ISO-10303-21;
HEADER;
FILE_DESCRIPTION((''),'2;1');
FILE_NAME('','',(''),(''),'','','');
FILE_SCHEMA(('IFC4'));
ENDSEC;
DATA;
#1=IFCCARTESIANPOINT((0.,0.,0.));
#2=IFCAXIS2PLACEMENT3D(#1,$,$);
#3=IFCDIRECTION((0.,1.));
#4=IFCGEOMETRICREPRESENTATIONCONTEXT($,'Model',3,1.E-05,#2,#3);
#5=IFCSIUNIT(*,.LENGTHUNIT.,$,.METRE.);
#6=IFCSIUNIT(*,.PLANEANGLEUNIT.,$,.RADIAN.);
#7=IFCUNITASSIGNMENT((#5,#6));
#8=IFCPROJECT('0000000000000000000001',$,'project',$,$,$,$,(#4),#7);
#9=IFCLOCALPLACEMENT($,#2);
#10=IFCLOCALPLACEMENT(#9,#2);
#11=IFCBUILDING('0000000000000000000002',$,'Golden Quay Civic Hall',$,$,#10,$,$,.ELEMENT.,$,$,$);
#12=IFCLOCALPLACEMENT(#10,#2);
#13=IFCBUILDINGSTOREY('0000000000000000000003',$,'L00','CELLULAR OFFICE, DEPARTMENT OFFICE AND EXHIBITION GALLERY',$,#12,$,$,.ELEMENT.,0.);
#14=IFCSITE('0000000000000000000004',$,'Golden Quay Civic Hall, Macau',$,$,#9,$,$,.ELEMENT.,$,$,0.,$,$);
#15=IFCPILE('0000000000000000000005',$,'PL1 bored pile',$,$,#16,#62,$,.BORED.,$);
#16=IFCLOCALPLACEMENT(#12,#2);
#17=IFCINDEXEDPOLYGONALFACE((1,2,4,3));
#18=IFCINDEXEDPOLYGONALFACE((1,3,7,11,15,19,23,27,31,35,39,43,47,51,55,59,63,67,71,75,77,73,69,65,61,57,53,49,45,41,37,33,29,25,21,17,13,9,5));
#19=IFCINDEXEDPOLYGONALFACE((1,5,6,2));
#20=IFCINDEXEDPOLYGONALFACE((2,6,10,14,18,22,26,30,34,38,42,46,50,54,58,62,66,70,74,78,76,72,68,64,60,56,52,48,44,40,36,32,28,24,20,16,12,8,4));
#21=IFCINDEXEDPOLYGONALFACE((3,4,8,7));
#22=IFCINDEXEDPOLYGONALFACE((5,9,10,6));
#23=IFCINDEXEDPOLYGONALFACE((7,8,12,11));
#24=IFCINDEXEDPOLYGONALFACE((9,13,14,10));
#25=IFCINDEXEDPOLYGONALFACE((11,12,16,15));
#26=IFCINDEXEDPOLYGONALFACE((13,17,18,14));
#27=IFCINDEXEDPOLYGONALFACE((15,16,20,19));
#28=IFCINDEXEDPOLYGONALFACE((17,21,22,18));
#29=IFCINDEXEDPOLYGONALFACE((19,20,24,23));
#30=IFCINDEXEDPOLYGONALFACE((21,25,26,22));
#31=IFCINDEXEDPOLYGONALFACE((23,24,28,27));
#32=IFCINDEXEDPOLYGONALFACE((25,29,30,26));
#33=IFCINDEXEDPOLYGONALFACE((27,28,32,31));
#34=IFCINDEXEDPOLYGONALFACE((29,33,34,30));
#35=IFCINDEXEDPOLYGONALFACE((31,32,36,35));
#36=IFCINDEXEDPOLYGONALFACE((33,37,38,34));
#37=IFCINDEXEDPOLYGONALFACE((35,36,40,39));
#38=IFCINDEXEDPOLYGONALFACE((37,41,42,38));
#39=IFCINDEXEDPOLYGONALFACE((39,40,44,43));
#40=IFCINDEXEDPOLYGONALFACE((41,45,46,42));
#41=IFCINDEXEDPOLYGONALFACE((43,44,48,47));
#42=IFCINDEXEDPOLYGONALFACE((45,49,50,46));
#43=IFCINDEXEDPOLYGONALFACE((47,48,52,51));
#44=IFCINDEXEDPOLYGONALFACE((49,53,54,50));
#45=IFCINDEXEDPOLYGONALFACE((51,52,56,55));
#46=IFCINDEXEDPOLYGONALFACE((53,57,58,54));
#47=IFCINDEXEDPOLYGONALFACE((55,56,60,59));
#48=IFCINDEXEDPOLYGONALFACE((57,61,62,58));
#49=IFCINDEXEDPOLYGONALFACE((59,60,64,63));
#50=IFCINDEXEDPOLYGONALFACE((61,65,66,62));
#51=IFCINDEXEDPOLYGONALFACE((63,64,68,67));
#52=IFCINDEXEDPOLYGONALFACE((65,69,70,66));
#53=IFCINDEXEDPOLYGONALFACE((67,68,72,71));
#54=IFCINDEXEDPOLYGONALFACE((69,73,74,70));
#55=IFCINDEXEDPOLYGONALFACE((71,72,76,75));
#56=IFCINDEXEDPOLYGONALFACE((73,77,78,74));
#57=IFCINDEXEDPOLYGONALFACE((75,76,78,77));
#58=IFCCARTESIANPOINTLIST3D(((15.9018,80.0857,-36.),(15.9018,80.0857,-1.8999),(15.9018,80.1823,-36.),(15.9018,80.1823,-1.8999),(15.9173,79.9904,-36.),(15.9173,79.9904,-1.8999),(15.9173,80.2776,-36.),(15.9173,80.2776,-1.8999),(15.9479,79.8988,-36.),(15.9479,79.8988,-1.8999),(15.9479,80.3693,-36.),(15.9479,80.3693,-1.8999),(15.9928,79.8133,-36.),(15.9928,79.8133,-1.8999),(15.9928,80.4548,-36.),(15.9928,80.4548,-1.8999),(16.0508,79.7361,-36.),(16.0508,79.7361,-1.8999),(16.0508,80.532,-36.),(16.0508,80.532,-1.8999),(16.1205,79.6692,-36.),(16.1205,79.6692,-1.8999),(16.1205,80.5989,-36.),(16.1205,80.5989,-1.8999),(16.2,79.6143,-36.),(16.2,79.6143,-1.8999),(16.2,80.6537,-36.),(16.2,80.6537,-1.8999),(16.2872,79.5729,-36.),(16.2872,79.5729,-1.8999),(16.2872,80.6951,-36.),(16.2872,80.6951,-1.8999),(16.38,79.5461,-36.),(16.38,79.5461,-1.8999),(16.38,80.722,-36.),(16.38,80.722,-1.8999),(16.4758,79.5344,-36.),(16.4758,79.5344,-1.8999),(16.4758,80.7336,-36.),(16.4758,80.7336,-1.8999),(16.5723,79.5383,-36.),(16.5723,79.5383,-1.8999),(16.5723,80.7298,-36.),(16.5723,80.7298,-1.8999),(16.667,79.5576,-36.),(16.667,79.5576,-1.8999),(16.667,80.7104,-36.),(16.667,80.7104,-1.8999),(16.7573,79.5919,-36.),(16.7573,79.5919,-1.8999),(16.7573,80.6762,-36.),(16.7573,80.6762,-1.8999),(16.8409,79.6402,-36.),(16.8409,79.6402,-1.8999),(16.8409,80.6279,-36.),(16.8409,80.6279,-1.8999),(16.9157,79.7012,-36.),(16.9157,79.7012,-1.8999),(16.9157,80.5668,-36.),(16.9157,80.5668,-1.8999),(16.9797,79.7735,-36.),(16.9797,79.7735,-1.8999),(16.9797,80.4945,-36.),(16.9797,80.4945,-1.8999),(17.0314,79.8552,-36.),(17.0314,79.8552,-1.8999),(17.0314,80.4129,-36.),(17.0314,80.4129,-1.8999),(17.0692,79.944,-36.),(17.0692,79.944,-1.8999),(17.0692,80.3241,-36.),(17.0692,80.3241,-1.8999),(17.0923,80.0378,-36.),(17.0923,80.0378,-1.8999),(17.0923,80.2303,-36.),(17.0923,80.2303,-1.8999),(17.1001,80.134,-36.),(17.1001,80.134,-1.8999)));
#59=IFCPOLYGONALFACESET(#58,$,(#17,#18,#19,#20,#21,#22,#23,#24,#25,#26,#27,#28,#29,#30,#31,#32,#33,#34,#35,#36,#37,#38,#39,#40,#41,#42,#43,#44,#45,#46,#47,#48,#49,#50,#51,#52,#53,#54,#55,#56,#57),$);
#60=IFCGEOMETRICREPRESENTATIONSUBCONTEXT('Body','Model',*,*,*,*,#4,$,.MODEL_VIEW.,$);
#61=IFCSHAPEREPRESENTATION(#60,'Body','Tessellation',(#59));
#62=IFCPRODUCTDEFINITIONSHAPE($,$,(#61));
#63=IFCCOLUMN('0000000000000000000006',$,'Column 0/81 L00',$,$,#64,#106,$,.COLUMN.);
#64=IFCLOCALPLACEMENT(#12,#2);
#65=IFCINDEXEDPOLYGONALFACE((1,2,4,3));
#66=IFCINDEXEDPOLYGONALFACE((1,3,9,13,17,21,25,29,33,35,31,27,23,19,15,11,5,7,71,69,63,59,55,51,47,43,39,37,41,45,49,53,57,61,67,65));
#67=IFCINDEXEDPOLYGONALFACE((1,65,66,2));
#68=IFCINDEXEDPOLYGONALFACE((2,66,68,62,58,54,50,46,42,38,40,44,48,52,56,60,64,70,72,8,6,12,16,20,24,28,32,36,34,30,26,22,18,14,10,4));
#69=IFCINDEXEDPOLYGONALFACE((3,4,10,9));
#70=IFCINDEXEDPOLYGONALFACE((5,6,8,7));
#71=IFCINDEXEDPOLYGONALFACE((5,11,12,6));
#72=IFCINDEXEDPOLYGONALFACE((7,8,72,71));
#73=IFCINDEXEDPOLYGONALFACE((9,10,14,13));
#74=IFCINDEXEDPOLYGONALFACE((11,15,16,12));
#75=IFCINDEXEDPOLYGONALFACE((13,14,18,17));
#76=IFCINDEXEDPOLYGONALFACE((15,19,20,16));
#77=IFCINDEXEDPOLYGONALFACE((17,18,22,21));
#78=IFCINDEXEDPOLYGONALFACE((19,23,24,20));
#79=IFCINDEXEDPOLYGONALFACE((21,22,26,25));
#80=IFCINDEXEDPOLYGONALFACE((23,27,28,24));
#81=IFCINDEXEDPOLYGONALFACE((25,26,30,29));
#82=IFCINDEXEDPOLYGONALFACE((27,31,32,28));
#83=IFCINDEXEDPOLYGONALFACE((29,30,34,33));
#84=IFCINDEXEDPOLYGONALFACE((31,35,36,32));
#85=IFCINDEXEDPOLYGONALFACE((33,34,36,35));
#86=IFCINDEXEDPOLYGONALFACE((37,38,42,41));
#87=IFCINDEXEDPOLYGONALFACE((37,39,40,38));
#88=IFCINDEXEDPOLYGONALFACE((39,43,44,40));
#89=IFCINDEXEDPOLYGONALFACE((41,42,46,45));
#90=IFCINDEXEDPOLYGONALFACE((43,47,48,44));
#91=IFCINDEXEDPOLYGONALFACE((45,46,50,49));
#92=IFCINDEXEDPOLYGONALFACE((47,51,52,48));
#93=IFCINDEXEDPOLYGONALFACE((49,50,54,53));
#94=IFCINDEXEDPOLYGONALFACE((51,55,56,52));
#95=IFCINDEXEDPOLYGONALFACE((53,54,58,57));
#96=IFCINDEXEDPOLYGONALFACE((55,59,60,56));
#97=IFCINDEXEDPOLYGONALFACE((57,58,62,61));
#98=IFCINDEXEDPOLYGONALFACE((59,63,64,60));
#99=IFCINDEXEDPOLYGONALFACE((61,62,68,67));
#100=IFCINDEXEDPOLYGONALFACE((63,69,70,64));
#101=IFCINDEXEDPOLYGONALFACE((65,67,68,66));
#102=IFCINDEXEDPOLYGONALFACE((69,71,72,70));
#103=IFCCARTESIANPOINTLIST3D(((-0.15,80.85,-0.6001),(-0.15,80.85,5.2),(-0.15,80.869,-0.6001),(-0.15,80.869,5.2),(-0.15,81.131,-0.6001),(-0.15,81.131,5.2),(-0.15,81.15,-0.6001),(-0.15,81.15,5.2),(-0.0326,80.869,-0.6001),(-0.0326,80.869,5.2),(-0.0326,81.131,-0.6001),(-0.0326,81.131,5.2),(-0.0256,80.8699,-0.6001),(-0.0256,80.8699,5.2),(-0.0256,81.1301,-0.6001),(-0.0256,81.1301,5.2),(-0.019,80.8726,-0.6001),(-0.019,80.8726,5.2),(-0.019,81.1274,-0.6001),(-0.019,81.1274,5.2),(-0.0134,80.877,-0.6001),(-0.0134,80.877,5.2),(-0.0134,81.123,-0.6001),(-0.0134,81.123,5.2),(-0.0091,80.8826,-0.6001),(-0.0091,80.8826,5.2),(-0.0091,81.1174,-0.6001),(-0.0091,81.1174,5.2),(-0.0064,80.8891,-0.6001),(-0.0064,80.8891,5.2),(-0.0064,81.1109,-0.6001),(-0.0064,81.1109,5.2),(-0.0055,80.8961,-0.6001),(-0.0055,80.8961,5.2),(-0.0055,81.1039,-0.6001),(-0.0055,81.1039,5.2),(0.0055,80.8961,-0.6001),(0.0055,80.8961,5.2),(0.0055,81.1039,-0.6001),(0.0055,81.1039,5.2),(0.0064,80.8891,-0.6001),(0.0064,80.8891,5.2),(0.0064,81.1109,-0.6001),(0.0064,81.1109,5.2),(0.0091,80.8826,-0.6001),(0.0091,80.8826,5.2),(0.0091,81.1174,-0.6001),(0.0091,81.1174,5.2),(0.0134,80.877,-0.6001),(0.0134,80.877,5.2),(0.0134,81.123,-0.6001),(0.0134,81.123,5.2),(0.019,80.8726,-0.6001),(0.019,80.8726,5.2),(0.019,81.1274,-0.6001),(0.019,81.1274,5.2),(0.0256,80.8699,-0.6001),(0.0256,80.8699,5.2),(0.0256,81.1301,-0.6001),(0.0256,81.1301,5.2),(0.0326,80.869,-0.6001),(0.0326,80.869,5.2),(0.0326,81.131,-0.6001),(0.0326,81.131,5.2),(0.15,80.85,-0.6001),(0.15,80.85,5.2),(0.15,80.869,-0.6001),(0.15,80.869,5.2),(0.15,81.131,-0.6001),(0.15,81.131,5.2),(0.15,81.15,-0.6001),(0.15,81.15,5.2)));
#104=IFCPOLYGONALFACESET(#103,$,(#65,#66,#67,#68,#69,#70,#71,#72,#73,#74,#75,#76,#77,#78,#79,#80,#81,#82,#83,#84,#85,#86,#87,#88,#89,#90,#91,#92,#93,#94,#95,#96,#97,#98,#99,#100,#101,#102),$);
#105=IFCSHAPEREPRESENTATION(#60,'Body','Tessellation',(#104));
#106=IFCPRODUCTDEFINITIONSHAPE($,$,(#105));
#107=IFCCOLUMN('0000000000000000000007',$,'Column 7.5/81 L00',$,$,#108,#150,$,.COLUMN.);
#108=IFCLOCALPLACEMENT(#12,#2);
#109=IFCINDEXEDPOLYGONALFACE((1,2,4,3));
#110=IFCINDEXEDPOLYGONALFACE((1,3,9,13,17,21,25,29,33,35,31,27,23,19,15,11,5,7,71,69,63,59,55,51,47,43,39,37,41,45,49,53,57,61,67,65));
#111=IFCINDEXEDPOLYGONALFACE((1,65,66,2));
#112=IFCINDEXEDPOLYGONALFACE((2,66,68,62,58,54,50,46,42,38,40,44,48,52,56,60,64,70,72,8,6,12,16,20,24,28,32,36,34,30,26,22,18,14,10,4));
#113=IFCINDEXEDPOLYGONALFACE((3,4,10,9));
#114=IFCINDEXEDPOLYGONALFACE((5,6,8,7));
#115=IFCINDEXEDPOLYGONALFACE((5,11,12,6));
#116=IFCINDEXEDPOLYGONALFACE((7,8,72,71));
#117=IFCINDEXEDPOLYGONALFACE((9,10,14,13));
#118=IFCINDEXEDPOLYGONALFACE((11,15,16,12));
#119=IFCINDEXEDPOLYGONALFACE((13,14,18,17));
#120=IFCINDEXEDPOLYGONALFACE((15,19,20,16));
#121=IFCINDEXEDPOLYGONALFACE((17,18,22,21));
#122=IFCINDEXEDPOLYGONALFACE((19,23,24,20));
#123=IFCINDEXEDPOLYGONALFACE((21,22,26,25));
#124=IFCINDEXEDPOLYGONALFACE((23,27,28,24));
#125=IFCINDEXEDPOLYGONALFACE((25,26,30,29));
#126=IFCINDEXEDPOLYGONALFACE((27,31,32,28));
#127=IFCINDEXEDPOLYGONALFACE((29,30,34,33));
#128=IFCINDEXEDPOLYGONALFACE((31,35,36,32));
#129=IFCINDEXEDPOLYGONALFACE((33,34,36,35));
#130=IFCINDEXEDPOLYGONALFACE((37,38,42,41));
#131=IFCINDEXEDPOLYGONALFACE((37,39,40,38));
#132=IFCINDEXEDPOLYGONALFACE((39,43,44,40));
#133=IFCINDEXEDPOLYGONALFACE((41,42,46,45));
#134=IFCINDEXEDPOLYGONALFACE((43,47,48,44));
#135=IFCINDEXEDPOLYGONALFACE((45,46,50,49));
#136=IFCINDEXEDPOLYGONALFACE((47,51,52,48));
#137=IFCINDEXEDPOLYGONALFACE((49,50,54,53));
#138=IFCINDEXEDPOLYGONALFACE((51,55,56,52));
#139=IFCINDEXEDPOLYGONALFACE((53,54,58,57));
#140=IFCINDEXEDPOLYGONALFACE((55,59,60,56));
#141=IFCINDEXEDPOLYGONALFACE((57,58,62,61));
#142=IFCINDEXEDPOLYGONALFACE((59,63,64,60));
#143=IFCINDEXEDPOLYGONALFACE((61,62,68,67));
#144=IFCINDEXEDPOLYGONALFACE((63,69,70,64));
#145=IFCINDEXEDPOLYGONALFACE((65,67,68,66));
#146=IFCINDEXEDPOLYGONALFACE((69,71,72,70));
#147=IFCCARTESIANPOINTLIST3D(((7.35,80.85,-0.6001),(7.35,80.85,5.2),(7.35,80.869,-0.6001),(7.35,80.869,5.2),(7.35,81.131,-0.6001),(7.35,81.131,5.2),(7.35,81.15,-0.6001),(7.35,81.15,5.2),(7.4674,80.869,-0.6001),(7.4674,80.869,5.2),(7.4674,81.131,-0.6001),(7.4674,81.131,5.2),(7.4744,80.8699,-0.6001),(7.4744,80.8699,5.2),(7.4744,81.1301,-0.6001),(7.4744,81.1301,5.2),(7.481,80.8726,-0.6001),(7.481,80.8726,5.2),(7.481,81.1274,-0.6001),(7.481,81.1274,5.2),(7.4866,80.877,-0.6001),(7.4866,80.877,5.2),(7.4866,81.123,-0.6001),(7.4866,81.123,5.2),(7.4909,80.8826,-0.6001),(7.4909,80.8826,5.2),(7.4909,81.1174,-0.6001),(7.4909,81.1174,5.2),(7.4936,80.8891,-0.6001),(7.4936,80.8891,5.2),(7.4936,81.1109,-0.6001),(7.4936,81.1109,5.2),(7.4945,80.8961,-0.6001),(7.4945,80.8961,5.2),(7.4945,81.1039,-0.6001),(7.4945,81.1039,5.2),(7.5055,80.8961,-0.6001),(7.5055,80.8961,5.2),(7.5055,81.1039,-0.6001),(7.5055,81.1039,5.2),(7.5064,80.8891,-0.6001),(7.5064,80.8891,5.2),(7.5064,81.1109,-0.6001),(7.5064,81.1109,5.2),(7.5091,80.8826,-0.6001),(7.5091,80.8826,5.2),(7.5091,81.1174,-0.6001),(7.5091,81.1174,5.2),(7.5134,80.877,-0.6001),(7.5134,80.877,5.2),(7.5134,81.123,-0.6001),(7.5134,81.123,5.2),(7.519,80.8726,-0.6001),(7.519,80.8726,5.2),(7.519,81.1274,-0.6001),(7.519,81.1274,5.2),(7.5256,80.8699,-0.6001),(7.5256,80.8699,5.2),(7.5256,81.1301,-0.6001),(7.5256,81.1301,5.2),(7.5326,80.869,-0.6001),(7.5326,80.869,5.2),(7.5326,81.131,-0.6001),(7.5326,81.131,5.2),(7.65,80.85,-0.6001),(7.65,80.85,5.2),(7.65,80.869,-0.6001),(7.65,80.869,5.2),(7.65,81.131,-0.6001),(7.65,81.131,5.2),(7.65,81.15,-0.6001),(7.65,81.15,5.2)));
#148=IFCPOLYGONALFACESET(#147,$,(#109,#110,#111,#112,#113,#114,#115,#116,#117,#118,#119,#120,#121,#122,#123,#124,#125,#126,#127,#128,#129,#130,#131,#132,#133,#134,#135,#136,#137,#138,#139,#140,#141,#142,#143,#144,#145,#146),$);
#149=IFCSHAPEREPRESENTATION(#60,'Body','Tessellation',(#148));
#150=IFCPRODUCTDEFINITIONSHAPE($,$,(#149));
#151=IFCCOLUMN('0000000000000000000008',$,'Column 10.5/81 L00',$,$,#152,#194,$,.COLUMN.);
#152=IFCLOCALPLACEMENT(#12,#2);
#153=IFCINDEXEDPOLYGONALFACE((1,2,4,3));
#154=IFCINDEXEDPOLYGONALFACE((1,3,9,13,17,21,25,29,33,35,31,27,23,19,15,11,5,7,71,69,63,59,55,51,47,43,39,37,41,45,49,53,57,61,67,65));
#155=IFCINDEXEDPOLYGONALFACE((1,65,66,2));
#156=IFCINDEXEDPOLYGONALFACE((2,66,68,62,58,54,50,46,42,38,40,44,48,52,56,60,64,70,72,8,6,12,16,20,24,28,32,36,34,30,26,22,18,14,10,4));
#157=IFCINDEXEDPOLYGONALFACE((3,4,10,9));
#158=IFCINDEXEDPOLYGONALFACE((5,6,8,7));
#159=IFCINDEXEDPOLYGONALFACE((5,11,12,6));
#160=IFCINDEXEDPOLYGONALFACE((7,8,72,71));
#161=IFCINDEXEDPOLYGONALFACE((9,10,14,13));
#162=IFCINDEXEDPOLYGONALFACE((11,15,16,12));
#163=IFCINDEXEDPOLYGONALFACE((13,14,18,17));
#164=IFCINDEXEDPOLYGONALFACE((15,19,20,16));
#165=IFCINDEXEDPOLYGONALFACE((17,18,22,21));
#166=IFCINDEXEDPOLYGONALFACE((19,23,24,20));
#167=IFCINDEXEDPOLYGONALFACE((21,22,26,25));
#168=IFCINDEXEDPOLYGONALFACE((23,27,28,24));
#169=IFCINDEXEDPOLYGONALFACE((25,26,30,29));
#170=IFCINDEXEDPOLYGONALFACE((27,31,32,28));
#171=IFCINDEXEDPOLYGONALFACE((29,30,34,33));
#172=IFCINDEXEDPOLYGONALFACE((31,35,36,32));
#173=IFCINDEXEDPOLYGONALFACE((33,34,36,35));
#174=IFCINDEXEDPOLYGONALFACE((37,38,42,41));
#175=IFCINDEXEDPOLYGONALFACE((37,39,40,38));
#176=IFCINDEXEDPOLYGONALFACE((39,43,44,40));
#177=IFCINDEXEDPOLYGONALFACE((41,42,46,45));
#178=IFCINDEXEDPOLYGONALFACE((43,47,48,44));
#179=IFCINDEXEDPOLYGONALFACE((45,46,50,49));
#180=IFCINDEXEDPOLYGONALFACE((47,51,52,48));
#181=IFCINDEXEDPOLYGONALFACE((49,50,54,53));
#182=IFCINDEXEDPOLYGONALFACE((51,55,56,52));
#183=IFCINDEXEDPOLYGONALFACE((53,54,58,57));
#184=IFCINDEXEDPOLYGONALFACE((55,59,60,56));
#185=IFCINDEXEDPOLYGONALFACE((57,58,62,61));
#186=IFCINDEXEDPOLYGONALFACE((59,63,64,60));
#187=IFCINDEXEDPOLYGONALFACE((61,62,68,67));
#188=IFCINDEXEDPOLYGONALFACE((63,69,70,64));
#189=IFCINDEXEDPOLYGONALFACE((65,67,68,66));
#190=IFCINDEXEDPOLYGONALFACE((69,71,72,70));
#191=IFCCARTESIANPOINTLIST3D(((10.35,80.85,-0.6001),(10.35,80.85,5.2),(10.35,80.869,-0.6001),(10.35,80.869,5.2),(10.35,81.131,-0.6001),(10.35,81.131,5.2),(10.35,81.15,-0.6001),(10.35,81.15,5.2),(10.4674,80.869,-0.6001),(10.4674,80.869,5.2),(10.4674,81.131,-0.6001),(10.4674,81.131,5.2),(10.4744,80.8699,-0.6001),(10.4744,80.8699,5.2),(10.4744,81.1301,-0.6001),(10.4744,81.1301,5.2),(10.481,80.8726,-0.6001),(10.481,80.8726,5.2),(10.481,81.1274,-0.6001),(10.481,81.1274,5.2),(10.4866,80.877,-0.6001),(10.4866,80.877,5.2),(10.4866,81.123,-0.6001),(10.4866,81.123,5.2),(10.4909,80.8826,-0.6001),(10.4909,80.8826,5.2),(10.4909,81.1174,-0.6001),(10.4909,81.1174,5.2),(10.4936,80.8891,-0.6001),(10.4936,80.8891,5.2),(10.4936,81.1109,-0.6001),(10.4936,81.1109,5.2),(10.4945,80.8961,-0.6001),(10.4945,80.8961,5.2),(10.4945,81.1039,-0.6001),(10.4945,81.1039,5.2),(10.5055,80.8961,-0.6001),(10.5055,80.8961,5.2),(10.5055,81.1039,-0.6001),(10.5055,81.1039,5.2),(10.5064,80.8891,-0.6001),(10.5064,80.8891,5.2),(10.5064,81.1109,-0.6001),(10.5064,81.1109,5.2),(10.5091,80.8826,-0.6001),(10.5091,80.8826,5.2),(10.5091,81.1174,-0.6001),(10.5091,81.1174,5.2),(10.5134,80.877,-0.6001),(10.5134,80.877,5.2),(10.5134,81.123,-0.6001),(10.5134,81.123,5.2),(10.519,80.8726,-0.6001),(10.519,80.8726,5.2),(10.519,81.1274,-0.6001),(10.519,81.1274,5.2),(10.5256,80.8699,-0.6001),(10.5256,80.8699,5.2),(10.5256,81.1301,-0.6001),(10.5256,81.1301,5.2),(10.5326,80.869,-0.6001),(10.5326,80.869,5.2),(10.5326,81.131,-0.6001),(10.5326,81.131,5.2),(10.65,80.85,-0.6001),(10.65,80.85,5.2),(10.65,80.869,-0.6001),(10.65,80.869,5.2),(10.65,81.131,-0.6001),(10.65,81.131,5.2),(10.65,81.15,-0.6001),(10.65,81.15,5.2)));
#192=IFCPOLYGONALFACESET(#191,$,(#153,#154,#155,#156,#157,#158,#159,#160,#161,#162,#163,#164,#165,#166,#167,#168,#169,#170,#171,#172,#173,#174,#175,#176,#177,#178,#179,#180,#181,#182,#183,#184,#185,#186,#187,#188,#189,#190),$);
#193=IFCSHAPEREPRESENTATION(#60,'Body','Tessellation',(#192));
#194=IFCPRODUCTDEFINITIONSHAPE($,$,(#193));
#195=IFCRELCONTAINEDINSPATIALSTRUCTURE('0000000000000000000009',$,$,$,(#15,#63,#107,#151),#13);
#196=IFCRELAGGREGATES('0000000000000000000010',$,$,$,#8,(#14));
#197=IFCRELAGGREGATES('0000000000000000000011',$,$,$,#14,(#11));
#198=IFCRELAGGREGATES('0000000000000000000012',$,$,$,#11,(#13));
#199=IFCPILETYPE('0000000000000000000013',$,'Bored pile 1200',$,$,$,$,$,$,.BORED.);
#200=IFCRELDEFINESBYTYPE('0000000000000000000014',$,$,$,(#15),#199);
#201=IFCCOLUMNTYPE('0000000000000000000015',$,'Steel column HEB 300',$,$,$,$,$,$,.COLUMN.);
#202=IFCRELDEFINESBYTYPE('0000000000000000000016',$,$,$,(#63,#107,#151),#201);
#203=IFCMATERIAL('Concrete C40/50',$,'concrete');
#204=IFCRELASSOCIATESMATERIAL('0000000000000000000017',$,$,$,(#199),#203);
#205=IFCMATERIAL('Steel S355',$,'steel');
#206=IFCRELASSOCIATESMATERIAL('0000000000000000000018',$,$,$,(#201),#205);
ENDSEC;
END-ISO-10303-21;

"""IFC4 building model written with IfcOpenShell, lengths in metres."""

from ifc_helpers import new_model, si_unit, direction, frame, origin, origin_2d, place, context, subcontext, project, spatial, circle, i_section, extrude, material, material_profile, profile_set, type_object, element, save


model = new_model("IFC4")

# Units and contexts
model_context = context("Model", 3, precision=1e-05, world=origin(), true_north=direction((0.0, 1.0)))
body_context = subcontext(model_context, "Body", "Model", "MODEL_VIEW")
ifc_project = project(units=[si_unit("LENGTHUNIT", "METRE"), si_unit("PLANEANGLEUNIT", "RADIAN")], contexts=[model_context])

# Site, building, storey
site_placement = place(None, origin())
site = spatial("IfcSite", under=ifc_project, at=site_placement, Name="Golden Quay Civic Hall, Macau", CompositionType="ELEMENT", RefElevation=0.0)
building_placement = place(site_placement, origin())
building = spatial("IfcBuilding", under=site, at=building_placement, Name="Golden Quay Civic Hall", CompositionType="ELEMENT")
storey_placement = place(building_placement, origin())
storey = spatial("IfcBuildingStorey", under=building, at=storey_placement, Name="L00", Description="CELLULAR OFFICE, DEPARTMENT OFFICE AND EXHIBITION GALLERY", CompositionType="ELEMENT", Elevation=0.0)

# Pile
ifc_material_1 = material(Name="Concrete C40/50", Category="concrete")
ifc_material_profile_1 = material_profile(ifc_material_1, circle(Radius=0.6001, at=origin_2d()), Name="RC D1200")
ifc_profile_set_1 = profile_set([ifc_material_profile_1], Name="Concrete C40/50")
pile_type = type_object("IfcPileType", Name="Bored pile 1200", PredefinedType="BORED", material=ifc_profile_set_1)
pile_placement = place(storey_placement, frame((16.5, 80.134, -1.8999), z_axis=(0.0, 0.0, -1.0), x_axis=(1.0, 0.0, 0.0)))
element("IfcPile", 1, at=pile_placement, inside=storey, type_object=pile_type, Name="PL1 bored pile", PredefinedType="BORED", context=body_context, shape_type="SweptSolid", body=[
    extrude(circle(Radius=0.6001, at=origin_2d()), origin(), (0.0, 0.0, 1.0), 34.1001),
])

# Columns
ifc_material_2 = material(Name="Steel S355", Category="steel")
ifc_material_profile_2 = material_profile(ifc_material_2, i_section(OverallWidth=0.3, OverallDepth=0.3, WebThickness=0.011, FlangeThickness=0.019, FilletRadius=0.0271, at=origin_2d()), Name="HEB 300")
ifc_profile_set_2 = profile_set([ifc_material_profile_2], Name="Steel S355")
column_type = type_object("IfcColumnType", Name="Steel column HEB 300", PredefinedType="COLUMN", material=ifc_profile_set_2)
for number, where, z_axis, x_axis, name in (
    (2, (0.0, 81.0, -0.6001), (0.0, 0.0, 1.0), (1.0, 0.0, 0.0), "Column 0/81 L00"),
    (3, (7.5, 81.0, -0.6001), (0.0, 0.0, 1.0), (1.0, 0.0, 0.0), "Column 7.5/81 L00"),
    (4, (10.5, 81.0, -0.6001), (0.0, 0.0, 1.0), (1.0, 0.0, 0.0), "Column 10.5/81 L00"),
):
    element("IfcColumn", number, at=place(storey_placement, frame(where, z_axis=z_axis, x_axis=x_axis)), inside=storey, type_object=column_type, Name=name, PredefinedType="COLUMN", context=body_context, shape_type="SweptSolid", body=[
        extrude(i_section(OverallWidth=0.3, OverallDepth=0.3, WebThickness=0.011, FlangeThickness=0.019, FilletRadius=0.0271, at=origin_2d()), origin(), (0.0, 0.0, 1.0), 5.8),
    ])

save(model, "model.ifc")
